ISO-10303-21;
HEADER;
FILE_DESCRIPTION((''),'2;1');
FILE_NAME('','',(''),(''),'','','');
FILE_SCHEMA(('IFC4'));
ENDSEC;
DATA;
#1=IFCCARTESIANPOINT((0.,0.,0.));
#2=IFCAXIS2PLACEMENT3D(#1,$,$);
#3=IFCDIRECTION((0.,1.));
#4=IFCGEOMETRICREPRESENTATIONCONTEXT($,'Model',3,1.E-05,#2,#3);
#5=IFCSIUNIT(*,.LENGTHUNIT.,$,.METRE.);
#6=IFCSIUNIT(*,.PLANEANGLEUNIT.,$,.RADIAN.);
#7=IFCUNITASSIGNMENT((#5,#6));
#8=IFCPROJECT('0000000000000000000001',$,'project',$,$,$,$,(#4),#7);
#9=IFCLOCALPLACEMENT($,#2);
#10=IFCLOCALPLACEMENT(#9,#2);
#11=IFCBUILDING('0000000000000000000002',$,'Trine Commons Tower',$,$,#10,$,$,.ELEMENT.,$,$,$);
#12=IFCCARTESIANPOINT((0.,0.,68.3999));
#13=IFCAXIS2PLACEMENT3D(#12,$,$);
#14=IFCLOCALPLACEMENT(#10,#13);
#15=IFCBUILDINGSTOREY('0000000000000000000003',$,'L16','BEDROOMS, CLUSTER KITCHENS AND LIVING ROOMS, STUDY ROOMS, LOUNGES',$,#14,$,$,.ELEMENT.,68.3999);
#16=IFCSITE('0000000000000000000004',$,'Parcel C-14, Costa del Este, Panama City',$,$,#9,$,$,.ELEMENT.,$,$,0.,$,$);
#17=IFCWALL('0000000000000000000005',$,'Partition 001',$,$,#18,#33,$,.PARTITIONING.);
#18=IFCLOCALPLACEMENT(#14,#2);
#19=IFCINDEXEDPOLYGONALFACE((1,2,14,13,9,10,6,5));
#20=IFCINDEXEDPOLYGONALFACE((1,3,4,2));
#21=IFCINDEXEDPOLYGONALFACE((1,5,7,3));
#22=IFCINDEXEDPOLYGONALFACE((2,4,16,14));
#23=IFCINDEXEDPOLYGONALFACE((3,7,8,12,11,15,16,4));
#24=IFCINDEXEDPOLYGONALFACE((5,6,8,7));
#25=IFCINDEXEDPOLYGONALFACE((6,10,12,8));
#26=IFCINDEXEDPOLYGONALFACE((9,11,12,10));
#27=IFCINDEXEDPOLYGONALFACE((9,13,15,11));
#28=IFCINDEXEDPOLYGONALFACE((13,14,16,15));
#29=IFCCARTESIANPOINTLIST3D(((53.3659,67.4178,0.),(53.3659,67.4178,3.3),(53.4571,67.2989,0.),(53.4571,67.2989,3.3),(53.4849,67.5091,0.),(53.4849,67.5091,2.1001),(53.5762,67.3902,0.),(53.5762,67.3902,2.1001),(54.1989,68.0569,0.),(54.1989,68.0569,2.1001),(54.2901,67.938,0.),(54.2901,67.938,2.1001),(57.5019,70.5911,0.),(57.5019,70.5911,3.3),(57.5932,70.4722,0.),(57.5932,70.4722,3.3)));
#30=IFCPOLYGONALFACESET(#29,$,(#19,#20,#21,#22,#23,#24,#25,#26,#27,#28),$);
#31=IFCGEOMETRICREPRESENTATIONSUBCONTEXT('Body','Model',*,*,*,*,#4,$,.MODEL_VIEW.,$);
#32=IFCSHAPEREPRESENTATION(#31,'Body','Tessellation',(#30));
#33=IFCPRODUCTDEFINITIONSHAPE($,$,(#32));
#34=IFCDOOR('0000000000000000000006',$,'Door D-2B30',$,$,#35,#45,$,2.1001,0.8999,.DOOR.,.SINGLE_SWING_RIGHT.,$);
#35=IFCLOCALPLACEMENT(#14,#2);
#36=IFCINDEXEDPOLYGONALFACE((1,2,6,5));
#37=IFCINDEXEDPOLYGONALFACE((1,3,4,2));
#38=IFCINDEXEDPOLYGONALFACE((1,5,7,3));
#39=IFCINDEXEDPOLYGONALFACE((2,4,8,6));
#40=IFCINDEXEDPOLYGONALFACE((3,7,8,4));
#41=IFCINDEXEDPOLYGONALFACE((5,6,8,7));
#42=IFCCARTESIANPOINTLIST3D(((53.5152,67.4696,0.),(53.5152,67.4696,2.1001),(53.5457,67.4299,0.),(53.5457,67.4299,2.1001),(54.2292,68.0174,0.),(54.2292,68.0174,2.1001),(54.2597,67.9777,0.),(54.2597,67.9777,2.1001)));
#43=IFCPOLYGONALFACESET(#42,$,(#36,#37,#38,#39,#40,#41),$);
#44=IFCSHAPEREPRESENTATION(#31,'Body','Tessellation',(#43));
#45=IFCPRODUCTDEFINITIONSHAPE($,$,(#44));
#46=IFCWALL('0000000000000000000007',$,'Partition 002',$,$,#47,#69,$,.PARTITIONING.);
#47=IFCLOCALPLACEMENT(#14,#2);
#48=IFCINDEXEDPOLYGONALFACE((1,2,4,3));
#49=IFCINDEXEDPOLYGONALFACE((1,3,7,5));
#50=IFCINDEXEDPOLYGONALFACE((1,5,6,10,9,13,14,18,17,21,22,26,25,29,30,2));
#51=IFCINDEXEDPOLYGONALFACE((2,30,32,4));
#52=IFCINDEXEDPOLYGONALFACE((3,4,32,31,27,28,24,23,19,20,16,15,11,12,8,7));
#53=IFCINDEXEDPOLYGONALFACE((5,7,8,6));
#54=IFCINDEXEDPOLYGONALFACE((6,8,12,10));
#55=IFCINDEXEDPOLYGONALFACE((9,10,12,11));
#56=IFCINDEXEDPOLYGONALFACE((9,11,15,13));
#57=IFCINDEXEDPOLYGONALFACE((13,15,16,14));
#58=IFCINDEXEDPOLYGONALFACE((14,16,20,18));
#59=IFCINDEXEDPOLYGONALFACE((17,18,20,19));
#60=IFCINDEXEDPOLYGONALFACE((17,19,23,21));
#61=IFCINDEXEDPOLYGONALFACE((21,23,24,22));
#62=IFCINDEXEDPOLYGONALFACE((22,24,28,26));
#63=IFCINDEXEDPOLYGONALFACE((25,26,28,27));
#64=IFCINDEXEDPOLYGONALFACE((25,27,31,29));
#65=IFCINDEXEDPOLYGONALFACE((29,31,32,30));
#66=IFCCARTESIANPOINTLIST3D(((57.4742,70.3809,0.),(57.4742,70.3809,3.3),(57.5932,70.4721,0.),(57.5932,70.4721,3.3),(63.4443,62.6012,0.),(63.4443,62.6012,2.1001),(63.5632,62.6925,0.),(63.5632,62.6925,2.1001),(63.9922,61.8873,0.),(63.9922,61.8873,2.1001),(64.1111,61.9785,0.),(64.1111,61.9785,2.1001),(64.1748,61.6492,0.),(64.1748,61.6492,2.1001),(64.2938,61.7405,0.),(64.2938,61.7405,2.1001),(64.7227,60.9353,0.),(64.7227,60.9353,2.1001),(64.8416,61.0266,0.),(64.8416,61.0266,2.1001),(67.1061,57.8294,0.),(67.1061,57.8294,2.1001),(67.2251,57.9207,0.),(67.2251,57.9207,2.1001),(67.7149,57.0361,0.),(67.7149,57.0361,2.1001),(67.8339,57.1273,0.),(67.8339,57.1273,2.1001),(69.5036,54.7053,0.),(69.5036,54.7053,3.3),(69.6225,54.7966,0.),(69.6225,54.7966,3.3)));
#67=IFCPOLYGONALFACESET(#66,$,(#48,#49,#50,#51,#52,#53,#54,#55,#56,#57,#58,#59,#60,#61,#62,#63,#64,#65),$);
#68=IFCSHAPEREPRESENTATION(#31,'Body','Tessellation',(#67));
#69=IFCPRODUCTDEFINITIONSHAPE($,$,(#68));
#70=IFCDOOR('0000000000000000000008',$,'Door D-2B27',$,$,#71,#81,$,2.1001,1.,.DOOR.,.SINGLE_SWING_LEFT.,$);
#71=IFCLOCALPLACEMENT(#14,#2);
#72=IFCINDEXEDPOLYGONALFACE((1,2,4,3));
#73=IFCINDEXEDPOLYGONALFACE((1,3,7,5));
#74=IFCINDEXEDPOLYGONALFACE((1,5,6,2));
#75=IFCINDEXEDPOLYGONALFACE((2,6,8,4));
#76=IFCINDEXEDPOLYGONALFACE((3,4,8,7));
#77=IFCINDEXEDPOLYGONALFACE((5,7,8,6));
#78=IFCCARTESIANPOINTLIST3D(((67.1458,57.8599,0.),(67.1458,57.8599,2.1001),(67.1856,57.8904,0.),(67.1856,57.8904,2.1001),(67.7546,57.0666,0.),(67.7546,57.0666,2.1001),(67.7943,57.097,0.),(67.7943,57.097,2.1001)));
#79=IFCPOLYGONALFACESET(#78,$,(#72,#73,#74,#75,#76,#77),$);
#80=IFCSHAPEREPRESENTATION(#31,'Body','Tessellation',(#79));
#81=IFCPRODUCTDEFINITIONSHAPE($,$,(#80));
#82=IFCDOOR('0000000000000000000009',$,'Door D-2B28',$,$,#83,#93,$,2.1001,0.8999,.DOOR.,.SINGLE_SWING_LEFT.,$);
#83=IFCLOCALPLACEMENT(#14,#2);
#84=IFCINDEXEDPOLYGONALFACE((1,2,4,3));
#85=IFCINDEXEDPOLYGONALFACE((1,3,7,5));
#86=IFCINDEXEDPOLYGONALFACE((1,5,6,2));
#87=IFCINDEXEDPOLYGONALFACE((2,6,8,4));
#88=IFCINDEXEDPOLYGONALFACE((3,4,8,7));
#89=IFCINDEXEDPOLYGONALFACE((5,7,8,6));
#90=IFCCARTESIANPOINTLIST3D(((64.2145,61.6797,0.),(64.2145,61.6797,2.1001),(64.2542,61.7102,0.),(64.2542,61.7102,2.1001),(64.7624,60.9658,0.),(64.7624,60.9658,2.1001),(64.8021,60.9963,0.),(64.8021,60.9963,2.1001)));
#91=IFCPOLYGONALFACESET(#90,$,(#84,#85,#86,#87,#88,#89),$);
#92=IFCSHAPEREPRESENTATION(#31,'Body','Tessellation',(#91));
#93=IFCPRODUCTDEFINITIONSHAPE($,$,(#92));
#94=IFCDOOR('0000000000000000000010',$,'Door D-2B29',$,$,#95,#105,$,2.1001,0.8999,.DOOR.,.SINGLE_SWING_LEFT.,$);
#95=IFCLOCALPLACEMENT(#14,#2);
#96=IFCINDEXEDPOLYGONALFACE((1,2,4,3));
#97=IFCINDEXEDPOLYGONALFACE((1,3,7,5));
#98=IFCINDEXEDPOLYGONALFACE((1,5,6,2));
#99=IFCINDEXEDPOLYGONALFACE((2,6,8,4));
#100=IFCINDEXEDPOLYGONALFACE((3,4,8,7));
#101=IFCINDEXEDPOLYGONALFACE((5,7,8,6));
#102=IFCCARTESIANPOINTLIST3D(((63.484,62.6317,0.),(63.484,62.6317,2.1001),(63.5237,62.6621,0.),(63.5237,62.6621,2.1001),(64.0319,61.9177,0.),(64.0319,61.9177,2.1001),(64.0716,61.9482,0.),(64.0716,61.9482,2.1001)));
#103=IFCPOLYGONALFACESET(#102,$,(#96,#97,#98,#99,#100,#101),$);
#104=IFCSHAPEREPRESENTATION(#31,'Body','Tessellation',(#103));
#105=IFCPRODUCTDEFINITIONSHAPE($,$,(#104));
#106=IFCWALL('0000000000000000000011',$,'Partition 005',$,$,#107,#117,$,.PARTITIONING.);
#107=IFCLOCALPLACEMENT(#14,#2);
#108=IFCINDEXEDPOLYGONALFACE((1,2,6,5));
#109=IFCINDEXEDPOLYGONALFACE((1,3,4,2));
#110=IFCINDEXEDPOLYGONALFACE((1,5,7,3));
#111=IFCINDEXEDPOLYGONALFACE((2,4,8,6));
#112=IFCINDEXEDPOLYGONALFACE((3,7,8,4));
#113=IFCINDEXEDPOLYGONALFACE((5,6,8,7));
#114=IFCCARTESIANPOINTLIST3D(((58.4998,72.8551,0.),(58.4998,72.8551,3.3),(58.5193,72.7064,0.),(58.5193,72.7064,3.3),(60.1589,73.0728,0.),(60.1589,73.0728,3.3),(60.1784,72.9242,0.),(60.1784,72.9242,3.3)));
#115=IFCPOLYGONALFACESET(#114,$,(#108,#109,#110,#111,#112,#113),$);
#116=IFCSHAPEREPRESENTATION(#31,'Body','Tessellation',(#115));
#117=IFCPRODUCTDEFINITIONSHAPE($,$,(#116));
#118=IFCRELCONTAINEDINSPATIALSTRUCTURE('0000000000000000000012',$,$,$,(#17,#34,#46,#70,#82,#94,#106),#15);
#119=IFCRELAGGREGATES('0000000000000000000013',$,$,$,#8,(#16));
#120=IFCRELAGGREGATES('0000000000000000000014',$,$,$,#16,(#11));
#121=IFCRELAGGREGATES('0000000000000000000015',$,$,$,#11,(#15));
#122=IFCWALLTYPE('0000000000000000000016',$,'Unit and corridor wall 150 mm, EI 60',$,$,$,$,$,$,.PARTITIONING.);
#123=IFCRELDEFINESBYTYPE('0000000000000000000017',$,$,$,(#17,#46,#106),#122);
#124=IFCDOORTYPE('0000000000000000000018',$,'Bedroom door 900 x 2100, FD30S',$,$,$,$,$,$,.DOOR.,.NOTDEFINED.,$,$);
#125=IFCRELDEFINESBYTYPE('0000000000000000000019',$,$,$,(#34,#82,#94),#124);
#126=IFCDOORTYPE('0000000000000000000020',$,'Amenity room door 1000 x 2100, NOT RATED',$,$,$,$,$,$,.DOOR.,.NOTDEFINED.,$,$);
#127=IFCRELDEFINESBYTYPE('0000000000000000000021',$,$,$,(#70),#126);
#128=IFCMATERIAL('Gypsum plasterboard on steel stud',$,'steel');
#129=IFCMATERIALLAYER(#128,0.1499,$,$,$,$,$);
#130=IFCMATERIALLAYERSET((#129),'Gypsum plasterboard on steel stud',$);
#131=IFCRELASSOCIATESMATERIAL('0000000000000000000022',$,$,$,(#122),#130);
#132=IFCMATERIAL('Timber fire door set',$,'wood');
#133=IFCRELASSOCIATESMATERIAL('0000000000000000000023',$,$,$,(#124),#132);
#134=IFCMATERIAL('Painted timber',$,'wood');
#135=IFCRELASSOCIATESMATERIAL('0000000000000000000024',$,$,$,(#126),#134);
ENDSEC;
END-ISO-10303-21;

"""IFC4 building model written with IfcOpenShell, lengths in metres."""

from ifc_helpers import new_model, si_unit, direction, frame, frame_2d, origin, place, context, subcontext, project, spatial, rectangle, extrude, material, layer, layer_set, type_object, element, fill, save


model = new_model("IFC4")

# Units and contexts
model_context = context("Model", 3, precision=1e-05, world=origin(), true_north=direction((0.0, 1.0)))
body_context = subcontext(model_context, "Body", "Model", "MODEL_VIEW")
ifc_project = project(units=[si_unit("LENGTHUNIT", "METRE"), si_unit("PLANEANGLEUNIT", "RADIAN")], contexts=[model_context])

# Site, building, storey
site_placement = place(None, origin())
site = spatial("IfcSite", under=ifc_project, at=site_placement, Name="Parcel C-14, Costa del Este, Panama City", CompositionType="ELEMENT", RefElevation=0.0)
building_placement = place(site_placement, origin())
building = spatial("IfcBuilding", under=site, at=building_placement, Name="Trine Commons Tower", CompositionType="ELEMENT")
storey_placement = place(building_placement, frame((0.0, 0.0, 68.3999)))
storey = spatial("IfcBuildingStorey", under=building, at=storey_placement, Name="L16", Description="BEDROOMS, CLUSTER KITCHENS AND LIVING ROOMS, STUDY ROOMS, LOUNGES", CompositionType="ELEMENT", Elevation=68.3999)

# Wall, opening, door
ifc_material_1 = material(Name="Gypsum plasterboard on steel stud", Category="steel")
ifc_layer_1 = layer(ifc_material_1, 0.1499)
ifc_layer_set_1 = layer_set([ifc_layer_1], Name="Gypsum plasterboard on steel stud")
wall_type_1 = type_object("IfcWallType", Name="Unit and corridor wall 150 mm, EI 60", PredefinedType="PARTITIONING", material=ifc_layer_set_1)
wall_1_placement = place(storey_placement, frame((53.4116, 67.3584, 0.0), z_axis=(0.0, 0.0, 1.0), x_axis=(0.793382, 0.608724, 0.0)))
wall_1 = element("IfcWall", 1, at=wall_1_placement, inside=storey, type_object=wall_type_1, Name="Partition 001", PredefinedType="PARTITIONING", context=body_context, shape_type="SweptSolid", body=[
    extrude(rectangle(XDim=5.2131, YDim=0.1499, at=frame_2d((2.6064, 0.0))), origin(), (0.0, 0.0, 1.0), 3.3),
])
opening_1_placement = place(wall_1_placement, frame((0.1499, 0.0, 0.0)))
opening_1 = element("IfcOpeningElement", 2, at=opening_1_placement, cuts=wall_1, PredefinedType="OPENING", context=body_context, shape_type="SweptSolid", body=[
    extrude(rectangle(XDim=0.8999, YDim=2.1001, at=frame_2d((0.45, 1.05))), frame((0.0, 0.085, 0.0), z_axis=(0.0, -1.0, 0.0), x_axis=(1.0, 0.0, 0.0)), (0.0, 0.0, 1.0), 0.1699),
])
ifc_material_2 = material(Name="Timber fire door set", Category="wood")
door_type_1 = type_object("IfcDoorType", Name="Bedroom door 900 x 2100, FD30S", OperationType="NOTDEFINED", PredefinedType="DOOR", material=ifc_material_2)
door_1_placement = place(opening_1_placement, frame((0.8999, 0.0, 0.0), z_axis=(0.0, 0.0, 1.0), x_axis=(-1.0, 0.0, 0.0)))
door_1 = element("IfcDoor", 3, at=door_1_placement, inside=storey, type_object=door_type_1, Name="Door D-2B30", OperationType="SINGLE_SWING_RIGHT", OverallHeight=2.1001, OverallWidth=0.8999, PredefinedType="DOOR", context=body_context, shape_type="SweptSolid", body=[
    extrude(rectangle(XDim=0.8999, YDim=2.1001, at=frame_2d((0.45, 1.05))), frame((0.0, 0.0249, 0.0), z_axis=(0.0, -1.0, 0.0), x_axis=(1.0, 0.0, 0.0)), (0.0, 0.0, 1.0), 0.05),
])
fill(opening_1, door_1)

# Wall, openings, doors
wall_2_placement = place(storey_placement, frame((57.5337, 70.4265, 0.0), z_axis=(0.0, 0.0, 1.0), x_axis=(0.608794, -0.793328, 0.0)))
wall_2 = element("IfcWall", 4, at=wall_2_placement, inside=storey, type_object=wall_type_1, Name="Partition 002", PredefinedType="PARTITIONING", context=body_context, shape_type="SweptSolid", body=[
    extrude(rectangle(XDim=19.7593, YDim=0.1499, at=frame_2d((9.8796, 0.0))), origin(), (0.0, 0.0, 1.0), 3.3),
])
opening_2_placement = place(wall_2_placement, frame((15.8213, 0.0, 0.0)))
opening_2 = element("IfcOpeningElement", 5, at=opening_2_placement, cuts=wall_2, PredefinedType="OPENING", context=body_context, shape_type="SweptSolid", body=[
    extrude(rectangle(XDim=1.0, YDim=2.1001, at=frame_2d((0.5, 1.05))), frame((0.0, 0.085, 0.0), z_axis=(0.0, -1.0, 0.0), x_axis=(1.0, 0.0, 0.0)), (0.0, 0.0, 1.0), 0.1699),
])
opening_3_placement = place(wall_2_placement, frame((11.0063, 0.0, 0.0)))
opening_3 = element("IfcOpeningElement", 6, at=opening_3_placement, cuts=wall_2, PredefinedType="OPENING", context=body_context, shape_type="SweptSolid", body=[
    extrude(rectangle(XDim=0.8999, YDim=2.1001, at=frame_2d((0.45, 1.05))), frame((0.0, 0.085, 0.0), z_axis=(0.0, -1.0, 0.0), x_axis=(1.0, 0.0, 0.0)), (0.0, 0.0, 1.0), 0.1699),
])
opening_4_placement = place(wall_2_placement, frame((9.8064, 0.0, 0.0)))
opening_4 = element("IfcOpeningElement", 7, at=opening_4_placement, cuts=wall_2, PredefinedType="OPENING", context=body_context, shape_type="SweptSolid", body=[
    extrude(rectangle(XDim=0.8999, YDim=2.1001, at=frame_2d((0.45, 1.05))), frame((0.0, 0.085, 0.0), z_axis=(0.0, -1.0, 0.0), x_axis=(1.0, 0.0, 0.0)), (0.0, 0.0, 1.0), 0.1699),
])
ifc_material_3 = material(Name="Painted timber", Category="wood")
door_type_2 = type_object("IfcDoorType", Name="Amenity room door 1000 x 2100, NOT RATED", OperationType="NOTDEFINED", PredefinedType="DOOR", material=ifc_material_3)
door_2_placement = place(opening_2_placement, frame((1.0, 0.0, 0.0), z_axis=(0.0, 0.0, 1.0), x_axis=(-1.0, 0.0, 0.0)))
door_2 = element("IfcDoor", 8, at=door_2_placement, inside=storey, type_object=door_type_2, Name="Door D-2B27", OperationType="SINGLE_SWING_LEFT", OverallHeight=2.1001, OverallWidth=1.0, PredefinedType="DOOR", context=body_context, shape_type="SweptSolid", body=[
    extrude(rectangle(XDim=1.0, YDim=2.1001, at=frame_2d((0.5, 1.05))), frame((0.0, 0.0249, 0.0), z_axis=(0.0, -1.0, 0.0), x_axis=(1.0, 0.0, 0.0)), (0.0, 0.0, 1.0), 0.05),
])
fill(opening_2, door_2)
door_3_placement = place(opening_3_placement, frame((0.8999, 0.0, 0.0), z_axis=(0.0, 0.0, 1.0), x_axis=(-1.0, 0.0, 0.0)))
door_3 = element("IfcDoor", 9, at=door_3_placement, inside=storey, type_object=door_type_1, Name="Door D-2B28", OperationType="SINGLE_SWING_LEFT", OverallHeight=2.1001, OverallWidth=0.8999, PredefinedType="DOOR", context=body_context, shape_type="SweptSolid", body=[
    extrude(rectangle(XDim=0.8999, YDim=2.1001, at=frame_2d((0.45, 1.05))), frame((0.0, 0.0249, 0.0), z_axis=(0.0, -1.0, 0.0), x_axis=(1.0, 0.0, 0.0)), (0.0, 0.0, 1.0), 0.05),
])
fill(opening_3, door_3)
door_4_placement = place(opening_4_placement, frame((0.8999, 0.0, 0.0), z_axis=(0.0, 0.0, 1.0), x_axis=(-1.0, 0.0, 0.0)))
door_4 = element("IfcDoor", 10, at=door_4_placement, inside=storey, type_object=door_type_1, Name="Door D-2B29", OperationType="SINGLE_SWING_LEFT", OverallHeight=2.1001, OverallWidth=0.8999, PredefinedType="DOOR", context=body_context, shape_type="SweptSolid", body=[
    extrude(rectangle(XDim=0.8999, YDim=2.1001, at=frame_2d((0.45, 1.05))), frame((0.0, 0.0249, 0.0), z_axis=(0.0, -1.0, 0.0), x_axis=(1.0, 0.0, 0.0)), (0.0, 0.0, 1.0), 0.05),
])
fill(opening_4, door_4)

# Wall
wall_3_placement = place(storey_placement, frame((58.5095, 72.7808, 0.0), z_axis=(0.0, 0.0, 1.0), x_axis=(0.991496, 0.130137, 0.0)))
element("IfcWall", 11, at=wall_3_placement, inside=storey, type_object=wall_type_1, Name="Partition 005", PredefinedType="PARTITIONING", context=body_context, shape_type="SweptSolid", body=[
    extrude(rectangle(XDim=1.6733, YDim=0.1499, at=frame_2d((0.8367, 0.0))), origin(), (0.0, 0.0, 1.0), 3.3),
])

save(model, "model.ifc")
